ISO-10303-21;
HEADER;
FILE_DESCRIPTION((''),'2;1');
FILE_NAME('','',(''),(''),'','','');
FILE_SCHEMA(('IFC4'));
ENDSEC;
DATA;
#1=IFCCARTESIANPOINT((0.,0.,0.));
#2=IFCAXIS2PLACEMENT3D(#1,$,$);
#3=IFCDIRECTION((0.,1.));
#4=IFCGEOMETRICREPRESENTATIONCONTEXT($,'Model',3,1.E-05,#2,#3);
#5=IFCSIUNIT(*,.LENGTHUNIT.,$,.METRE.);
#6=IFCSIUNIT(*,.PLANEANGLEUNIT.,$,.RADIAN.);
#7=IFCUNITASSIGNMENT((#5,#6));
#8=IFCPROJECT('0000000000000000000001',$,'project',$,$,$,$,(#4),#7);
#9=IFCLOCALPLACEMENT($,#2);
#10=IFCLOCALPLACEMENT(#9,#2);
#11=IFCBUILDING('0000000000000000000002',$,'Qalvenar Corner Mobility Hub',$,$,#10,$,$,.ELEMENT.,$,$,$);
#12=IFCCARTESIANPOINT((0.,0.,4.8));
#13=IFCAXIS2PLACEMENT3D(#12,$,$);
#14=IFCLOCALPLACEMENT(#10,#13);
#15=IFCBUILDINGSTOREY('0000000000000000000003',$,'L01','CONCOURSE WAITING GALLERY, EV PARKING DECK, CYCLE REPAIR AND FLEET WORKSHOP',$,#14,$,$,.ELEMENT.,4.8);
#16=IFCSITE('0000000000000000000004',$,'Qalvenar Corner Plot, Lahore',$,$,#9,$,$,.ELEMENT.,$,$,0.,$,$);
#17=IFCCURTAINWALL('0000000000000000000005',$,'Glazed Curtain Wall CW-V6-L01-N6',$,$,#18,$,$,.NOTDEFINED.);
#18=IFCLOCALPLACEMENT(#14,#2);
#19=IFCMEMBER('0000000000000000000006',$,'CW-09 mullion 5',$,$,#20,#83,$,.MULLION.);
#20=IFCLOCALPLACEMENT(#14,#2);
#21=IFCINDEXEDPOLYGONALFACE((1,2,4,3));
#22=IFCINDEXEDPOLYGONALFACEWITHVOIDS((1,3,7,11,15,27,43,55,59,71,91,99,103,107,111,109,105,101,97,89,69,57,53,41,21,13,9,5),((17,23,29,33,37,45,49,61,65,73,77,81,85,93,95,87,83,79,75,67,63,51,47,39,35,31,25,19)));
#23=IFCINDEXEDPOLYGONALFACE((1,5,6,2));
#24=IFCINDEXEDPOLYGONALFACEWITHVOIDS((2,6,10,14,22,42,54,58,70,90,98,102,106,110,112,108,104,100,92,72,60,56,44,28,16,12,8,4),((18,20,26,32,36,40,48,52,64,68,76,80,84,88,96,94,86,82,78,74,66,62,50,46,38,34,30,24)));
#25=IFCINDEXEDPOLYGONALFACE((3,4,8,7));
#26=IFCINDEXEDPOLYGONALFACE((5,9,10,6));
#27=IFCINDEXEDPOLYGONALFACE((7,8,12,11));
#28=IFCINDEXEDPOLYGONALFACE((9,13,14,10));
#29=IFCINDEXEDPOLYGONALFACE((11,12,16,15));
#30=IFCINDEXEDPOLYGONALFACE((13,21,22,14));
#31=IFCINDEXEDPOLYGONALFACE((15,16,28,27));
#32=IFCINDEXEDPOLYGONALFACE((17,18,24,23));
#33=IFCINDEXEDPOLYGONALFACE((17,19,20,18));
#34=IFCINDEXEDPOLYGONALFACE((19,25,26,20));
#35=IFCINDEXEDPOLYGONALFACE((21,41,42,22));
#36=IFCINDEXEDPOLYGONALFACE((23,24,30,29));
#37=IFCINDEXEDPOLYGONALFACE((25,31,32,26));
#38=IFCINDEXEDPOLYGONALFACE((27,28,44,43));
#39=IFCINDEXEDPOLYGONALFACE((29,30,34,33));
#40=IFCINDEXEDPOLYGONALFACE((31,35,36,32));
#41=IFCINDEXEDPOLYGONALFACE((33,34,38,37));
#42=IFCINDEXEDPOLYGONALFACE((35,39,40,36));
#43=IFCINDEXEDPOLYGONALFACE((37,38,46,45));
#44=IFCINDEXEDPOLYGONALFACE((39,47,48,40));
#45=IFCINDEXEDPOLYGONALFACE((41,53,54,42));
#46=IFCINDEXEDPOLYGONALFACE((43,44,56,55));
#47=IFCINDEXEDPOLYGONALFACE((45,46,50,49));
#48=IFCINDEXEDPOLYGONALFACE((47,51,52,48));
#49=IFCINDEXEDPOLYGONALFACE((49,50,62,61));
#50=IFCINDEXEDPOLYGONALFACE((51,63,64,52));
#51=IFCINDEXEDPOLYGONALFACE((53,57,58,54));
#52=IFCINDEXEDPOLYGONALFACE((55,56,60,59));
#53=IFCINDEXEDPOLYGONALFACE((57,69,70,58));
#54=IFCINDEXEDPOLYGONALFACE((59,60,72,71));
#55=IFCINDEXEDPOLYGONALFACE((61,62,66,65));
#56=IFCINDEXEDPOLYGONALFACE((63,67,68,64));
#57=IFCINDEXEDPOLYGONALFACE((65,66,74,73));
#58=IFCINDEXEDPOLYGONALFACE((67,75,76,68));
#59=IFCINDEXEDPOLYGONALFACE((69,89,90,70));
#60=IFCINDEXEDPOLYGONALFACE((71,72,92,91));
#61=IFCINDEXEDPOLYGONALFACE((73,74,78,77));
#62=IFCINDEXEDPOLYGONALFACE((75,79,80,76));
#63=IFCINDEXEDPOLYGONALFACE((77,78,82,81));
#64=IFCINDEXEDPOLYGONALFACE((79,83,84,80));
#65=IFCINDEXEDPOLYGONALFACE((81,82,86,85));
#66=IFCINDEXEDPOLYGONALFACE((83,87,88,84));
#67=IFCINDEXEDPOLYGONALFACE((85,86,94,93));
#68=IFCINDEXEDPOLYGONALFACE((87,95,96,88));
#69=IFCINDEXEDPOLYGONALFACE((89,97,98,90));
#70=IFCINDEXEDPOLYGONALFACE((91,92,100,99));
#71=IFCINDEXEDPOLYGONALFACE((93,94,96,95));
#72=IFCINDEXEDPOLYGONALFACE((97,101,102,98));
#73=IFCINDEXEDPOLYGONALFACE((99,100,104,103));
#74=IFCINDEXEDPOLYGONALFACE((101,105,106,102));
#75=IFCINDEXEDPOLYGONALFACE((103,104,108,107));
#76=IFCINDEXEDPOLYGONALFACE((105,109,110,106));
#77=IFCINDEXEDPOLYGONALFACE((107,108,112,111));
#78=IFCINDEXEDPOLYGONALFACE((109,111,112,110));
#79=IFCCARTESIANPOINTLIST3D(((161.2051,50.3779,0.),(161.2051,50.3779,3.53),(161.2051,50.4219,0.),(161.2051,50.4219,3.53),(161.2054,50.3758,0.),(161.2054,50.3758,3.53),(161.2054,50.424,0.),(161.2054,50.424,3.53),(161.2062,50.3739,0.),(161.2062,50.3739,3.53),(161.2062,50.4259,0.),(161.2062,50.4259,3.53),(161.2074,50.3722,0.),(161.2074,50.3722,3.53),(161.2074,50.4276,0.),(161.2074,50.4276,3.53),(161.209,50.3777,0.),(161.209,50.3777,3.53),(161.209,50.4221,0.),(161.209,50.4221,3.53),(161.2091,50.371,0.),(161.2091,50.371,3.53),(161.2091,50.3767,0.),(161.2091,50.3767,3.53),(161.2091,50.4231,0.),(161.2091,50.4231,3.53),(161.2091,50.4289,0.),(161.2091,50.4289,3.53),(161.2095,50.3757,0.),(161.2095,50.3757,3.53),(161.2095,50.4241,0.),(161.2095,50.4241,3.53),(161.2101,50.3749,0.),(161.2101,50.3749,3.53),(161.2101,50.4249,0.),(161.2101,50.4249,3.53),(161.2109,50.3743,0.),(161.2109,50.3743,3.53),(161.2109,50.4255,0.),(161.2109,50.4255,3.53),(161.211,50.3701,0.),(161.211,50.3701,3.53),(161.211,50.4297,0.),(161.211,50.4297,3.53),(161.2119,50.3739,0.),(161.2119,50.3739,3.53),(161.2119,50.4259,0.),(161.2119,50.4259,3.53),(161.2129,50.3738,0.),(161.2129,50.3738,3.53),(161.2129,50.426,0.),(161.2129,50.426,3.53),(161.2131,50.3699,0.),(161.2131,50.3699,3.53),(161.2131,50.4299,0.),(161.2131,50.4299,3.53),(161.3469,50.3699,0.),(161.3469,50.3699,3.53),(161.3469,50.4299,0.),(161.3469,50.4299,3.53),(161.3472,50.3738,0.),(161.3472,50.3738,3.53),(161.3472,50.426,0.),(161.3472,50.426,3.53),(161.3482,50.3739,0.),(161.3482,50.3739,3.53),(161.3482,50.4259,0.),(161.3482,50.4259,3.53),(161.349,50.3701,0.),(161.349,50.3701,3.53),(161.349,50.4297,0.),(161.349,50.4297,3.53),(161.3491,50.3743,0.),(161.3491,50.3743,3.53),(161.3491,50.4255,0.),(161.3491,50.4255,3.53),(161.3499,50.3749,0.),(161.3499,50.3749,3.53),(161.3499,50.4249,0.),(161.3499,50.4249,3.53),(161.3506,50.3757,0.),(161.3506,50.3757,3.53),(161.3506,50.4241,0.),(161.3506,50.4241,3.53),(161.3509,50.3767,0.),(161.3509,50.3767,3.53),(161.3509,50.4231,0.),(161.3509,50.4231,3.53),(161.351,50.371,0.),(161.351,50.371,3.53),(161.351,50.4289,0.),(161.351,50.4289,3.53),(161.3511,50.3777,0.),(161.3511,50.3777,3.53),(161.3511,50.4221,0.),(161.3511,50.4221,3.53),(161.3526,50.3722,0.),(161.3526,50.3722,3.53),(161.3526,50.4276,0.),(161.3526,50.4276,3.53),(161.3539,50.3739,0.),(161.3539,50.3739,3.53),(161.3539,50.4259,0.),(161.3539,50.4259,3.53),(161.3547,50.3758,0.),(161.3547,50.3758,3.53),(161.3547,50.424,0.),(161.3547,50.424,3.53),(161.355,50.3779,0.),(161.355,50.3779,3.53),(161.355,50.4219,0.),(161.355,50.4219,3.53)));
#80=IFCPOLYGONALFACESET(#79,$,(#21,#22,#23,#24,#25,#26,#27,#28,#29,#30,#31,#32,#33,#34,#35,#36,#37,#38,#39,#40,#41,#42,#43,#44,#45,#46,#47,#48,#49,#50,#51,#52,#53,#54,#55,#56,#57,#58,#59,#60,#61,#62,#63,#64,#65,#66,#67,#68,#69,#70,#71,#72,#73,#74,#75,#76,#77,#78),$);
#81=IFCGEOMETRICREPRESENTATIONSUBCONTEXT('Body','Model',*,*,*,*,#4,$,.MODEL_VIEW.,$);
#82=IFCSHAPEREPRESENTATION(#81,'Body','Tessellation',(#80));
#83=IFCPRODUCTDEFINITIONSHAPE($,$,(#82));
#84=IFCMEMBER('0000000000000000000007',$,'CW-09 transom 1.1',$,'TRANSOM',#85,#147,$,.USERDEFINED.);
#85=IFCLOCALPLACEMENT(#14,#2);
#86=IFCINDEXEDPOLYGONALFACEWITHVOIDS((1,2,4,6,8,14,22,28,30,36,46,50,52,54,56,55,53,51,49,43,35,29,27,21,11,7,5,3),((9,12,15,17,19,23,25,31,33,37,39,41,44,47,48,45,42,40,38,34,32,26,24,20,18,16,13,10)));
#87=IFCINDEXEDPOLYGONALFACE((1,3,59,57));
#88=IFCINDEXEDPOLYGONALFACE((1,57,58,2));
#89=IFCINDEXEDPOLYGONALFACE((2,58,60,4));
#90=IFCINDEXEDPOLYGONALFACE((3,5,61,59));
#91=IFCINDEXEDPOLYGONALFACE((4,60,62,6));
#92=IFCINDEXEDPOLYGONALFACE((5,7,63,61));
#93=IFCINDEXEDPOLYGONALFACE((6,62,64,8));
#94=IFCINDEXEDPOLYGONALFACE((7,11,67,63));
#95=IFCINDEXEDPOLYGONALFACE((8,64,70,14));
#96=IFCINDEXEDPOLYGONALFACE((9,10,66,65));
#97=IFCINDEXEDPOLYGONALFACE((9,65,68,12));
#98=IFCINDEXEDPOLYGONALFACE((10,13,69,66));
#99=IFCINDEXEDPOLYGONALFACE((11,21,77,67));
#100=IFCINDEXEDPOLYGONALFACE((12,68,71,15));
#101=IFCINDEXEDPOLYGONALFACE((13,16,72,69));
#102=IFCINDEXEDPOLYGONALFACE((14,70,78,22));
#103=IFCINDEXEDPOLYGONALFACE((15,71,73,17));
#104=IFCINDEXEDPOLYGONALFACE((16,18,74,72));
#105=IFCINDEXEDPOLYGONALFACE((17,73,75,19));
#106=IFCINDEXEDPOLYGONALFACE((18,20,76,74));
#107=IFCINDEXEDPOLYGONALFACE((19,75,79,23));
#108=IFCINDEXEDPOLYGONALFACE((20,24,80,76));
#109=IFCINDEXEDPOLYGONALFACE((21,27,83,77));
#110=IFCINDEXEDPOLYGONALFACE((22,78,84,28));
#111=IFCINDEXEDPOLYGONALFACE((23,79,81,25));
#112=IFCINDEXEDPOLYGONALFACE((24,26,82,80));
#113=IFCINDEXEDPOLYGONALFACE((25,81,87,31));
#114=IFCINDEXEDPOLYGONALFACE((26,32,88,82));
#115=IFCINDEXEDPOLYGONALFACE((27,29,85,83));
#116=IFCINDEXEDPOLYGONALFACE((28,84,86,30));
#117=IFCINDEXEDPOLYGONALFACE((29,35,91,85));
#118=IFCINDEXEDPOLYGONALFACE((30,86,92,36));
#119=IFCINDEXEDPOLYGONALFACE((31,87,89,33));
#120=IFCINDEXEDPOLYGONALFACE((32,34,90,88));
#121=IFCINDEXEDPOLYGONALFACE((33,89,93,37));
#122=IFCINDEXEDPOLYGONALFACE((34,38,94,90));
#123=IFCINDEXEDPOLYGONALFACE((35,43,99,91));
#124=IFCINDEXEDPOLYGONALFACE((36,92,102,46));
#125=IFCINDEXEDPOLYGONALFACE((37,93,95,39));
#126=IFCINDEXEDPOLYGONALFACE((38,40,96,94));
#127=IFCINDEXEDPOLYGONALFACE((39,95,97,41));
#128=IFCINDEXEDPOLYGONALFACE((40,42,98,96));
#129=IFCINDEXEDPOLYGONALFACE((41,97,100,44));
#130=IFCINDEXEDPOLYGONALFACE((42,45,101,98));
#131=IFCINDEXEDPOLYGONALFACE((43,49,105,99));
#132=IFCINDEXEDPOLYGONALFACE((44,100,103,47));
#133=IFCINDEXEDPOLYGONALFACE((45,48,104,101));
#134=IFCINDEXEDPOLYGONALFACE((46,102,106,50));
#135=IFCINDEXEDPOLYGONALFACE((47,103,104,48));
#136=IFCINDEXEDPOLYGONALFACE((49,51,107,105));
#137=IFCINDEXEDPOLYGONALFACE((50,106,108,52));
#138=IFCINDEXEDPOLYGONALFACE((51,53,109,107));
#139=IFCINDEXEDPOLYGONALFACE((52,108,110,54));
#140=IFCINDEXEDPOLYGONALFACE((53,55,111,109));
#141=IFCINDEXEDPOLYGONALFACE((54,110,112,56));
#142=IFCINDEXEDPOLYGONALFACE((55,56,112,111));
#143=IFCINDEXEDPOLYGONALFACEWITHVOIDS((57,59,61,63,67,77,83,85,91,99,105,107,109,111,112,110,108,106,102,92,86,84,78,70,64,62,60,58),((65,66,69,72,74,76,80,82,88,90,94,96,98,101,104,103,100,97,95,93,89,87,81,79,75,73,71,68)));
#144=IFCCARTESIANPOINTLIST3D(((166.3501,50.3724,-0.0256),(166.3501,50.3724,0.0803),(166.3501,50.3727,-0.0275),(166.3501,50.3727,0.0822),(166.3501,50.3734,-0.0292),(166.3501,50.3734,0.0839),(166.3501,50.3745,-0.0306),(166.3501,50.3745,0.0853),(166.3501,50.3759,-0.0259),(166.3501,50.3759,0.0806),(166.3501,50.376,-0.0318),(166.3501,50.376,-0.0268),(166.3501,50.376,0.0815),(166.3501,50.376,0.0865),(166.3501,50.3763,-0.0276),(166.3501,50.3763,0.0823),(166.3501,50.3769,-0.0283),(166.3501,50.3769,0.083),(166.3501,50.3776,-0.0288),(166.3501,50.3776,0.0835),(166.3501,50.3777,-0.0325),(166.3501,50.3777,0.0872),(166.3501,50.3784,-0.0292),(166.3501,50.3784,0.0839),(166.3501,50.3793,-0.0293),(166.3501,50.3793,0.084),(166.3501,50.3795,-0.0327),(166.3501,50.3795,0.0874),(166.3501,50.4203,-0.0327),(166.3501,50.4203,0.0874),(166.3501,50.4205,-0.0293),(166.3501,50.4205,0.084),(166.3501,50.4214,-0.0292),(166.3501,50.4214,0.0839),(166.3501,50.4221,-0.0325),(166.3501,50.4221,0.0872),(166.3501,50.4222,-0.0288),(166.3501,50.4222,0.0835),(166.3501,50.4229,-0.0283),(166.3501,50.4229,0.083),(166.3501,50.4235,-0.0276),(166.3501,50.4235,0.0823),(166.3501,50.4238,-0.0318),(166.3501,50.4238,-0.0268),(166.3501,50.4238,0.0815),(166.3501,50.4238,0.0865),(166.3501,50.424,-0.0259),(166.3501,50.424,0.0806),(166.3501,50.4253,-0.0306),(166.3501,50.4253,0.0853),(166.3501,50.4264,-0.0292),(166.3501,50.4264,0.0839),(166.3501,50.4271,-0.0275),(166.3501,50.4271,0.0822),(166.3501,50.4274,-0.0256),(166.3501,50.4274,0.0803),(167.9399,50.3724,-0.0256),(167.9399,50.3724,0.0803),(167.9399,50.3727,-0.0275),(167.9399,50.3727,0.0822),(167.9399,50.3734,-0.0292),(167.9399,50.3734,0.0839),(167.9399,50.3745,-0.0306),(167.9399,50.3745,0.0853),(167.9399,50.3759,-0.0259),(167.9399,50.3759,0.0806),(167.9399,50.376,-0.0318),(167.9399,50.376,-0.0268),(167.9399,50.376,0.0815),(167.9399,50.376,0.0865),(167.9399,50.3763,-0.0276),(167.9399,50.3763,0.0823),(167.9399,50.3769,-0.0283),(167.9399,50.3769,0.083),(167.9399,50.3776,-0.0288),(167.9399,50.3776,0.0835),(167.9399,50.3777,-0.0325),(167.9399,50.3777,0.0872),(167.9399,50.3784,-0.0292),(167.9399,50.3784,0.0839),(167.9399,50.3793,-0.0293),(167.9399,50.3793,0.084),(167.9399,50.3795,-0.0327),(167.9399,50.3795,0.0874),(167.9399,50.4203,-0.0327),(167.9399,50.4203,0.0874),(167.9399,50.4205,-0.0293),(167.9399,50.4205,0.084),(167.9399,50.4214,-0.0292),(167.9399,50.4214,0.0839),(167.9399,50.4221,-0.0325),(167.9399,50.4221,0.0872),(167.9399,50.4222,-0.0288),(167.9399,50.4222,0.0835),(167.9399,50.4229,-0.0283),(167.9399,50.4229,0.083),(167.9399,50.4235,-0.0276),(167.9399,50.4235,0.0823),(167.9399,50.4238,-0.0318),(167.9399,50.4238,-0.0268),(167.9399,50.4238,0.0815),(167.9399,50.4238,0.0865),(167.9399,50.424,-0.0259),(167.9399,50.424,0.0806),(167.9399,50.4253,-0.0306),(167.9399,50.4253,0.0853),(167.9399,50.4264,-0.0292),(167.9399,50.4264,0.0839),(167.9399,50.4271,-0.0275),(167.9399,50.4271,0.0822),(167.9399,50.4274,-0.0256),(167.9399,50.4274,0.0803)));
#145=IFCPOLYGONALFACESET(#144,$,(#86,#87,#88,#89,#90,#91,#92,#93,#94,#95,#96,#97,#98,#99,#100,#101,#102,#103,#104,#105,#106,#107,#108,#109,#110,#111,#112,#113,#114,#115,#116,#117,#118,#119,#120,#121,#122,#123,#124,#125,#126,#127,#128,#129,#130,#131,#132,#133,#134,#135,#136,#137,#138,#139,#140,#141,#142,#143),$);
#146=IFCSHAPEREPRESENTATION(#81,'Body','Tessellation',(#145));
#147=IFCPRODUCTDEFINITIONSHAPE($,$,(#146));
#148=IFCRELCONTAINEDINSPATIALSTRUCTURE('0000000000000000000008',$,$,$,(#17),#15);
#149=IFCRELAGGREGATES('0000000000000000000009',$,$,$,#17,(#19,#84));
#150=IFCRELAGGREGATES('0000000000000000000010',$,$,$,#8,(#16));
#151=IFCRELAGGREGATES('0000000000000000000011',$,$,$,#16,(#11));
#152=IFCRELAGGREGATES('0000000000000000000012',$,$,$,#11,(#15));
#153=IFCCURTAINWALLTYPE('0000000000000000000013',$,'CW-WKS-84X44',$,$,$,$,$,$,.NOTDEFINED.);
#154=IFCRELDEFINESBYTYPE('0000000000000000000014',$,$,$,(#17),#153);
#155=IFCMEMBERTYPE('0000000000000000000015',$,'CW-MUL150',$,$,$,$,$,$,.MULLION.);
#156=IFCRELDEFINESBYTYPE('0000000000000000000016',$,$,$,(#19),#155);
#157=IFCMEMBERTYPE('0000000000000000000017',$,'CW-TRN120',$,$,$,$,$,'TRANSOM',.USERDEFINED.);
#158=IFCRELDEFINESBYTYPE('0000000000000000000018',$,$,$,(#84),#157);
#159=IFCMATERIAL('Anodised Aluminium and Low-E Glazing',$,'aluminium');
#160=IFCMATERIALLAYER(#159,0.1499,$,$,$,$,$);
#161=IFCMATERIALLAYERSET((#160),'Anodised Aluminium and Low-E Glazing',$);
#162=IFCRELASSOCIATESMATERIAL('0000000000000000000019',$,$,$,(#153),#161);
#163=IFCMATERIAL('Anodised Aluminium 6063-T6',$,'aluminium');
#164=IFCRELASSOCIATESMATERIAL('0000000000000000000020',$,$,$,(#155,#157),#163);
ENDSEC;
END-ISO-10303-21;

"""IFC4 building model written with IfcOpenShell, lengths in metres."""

from ifc_helpers import new_model, si_unit, direction, frame, origin, origin_2d, place, context, subcontext, project, spatial, hollow_rectangle, extrude, material, layer, layer_set, material_profile, profile_set, type_object, element, aggregate, save


model = new_model("IFC4")

# Units and contexts
model_context = context("Model", 3, precision=1e-05, world=origin(), true_north=direction((0.0, 1.0)))
body_context = subcontext(model_context, "Body", "Model", "MODEL_VIEW")
ifc_project = project(units=[si_unit("LENGTHUNIT", "METRE"), si_unit("PLANEANGLEUNIT", "RADIAN")], contexts=[model_context])

# Site, building, storey
site_placement = place(None, origin())
site = spatial("IfcSite", under=ifc_project, at=site_placement, Name="Qalvenar Corner Plot, Lahore", CompositionType="ELEMENT", RefElevation=0.0)
building_placement = place(site_placement, origin())
building = spatial("IfcBuilding", under=site, at=building_placement, Name="Qalvenar Corner Mobility Hub", CompositionType="ELEMENT")
storey_placement = place(building_placement, frame((0.0, 0.0, 4.8)))
storey = spatial("IfcBuildingStorey", under=building, at=storey_placement, Name="L01", Description="CONCOURSE WAITING GALLERY, EV PARKING DECK, CYCLE REPAIR AND FLEET WORKSHOP", CompositionType="ELEMENT", Elevation=4.8)

# Curtain wall, members
ifc_material_1 = material(Name="Anodised Aluminium and Low-E Glazing", Category="aluminium")
ifc_layer_1 = layer(ifc_material_1, 0.1499)
ifc_layer_set_1 = layer_set([ifc_layer_1], Name="Anodised Aluminium and Low-E Glazing")
curtain_wall_type = type_object("IfcCurtainWallType", Name="CW-WKS-84X44", PredefinedType="NOTDEFINED", material=ifc_layer_set_1)
curtain_wall_placement = place(storey_placement, origin())
curtain_wall = element("IfcCurtainWall", 1, at=curtain_wall_placement, inside=storey, type_object=curtain_wall_type, Name="Glazed Curtain Wall CW-V6-L01-N6", PredefinedType="NOTDEFINED")
ifc_material_2 = material(Name="Anodised Aluminium 6063-T6", Category="aluminium")
ifc_material_profile_1 = material_profile(ifc_material_2, hollow_rectangle(XDim=0.0601, YDim=0.1499, WallThickness=0.0039, InnerFilletRadius=0.0039, OuterFilletRadius=0.0081, at=origin_2d()), Name="RHS150x60x4")
ifc_profile_set_1 = profile_set([ifc_material_profile_1], Name="Anodised Aluminium 6063-T6")
member_type_1 = type_object("IfcMemberType", Name="CW-MUL150", PredefinedType="MULLION", material=ifc_profile_set_1)
member_1_placement = place(storey_placement, frame((161.28, 50.3999, 0.0), z_axis=(0.0, 0.0, 1.0), x_axis=(0.0, -1.0, 0.0)))
member_1 = element("IfcMember", 2, at=member_1_placement, type_object=member_type_1, Name="CW-09 mullion 5", PredefinedType="MULLION", context=body_context, shape_type="SweptSolid", body=[
    extrude(hollow_rectangle(XDim=0.0601, YDim=0.1499, WallThickness=0.0039, InnerFilletRadius=0.0039, OuterFilletRadius=0.0081, at=origin_2d()), origin(), (0.0, 0.0, 1.0), 3.53),
])
ifc_material_profile_2 = material_profile(ifc_material_2, hollow_rectangle(XDim=0.0549, YDim=0.1201, WallThickness=0.0034, InnerFilletRadius=0.0034, OuterFilletRadius=0.0071, at=origin_2d()), Name="RHS120x55x3.5")
ifc_profile_set_2 = profile_set([ifc_material_profile_2], Name="Anodised Aluminium 6063-T6")
member_type_2 = type_object("IfcMemberType", Name="CW-TRN120", ElementType="TRANSOM", PredefinedType="USERDEFINED", material=ifc_profile_set_2)
member_2_placement = place(storey_placement, frame((167.9399, 50.3999, 0.0273), z_axis=(-1.0, 0.0, 0.0), x_axis=(0.0, -1.0, 0.0)))
member_2 = element("IfcMember", 3, at=member_2_placement, type_object=member_type_2, Name="CW-09 transom 1.1", ObjectType="TRANSOM", PredefinedType="USERDEFINED", context=body_context, shape_type="SweptSolid", body=[
    extrude(hollow_rectangle(XDim=0.0549, YDim=0.1201, WallThickness=0.0034, InnerFilletRadius=0.0034, OuterFilletRadius=0.0071, at=origin_2d()), origin(), (0.0, 0.0, 1.0), 1.5898),
])
aggregate(curtain_wall, [member_1, member_2])

save(model, "model.ifc")
